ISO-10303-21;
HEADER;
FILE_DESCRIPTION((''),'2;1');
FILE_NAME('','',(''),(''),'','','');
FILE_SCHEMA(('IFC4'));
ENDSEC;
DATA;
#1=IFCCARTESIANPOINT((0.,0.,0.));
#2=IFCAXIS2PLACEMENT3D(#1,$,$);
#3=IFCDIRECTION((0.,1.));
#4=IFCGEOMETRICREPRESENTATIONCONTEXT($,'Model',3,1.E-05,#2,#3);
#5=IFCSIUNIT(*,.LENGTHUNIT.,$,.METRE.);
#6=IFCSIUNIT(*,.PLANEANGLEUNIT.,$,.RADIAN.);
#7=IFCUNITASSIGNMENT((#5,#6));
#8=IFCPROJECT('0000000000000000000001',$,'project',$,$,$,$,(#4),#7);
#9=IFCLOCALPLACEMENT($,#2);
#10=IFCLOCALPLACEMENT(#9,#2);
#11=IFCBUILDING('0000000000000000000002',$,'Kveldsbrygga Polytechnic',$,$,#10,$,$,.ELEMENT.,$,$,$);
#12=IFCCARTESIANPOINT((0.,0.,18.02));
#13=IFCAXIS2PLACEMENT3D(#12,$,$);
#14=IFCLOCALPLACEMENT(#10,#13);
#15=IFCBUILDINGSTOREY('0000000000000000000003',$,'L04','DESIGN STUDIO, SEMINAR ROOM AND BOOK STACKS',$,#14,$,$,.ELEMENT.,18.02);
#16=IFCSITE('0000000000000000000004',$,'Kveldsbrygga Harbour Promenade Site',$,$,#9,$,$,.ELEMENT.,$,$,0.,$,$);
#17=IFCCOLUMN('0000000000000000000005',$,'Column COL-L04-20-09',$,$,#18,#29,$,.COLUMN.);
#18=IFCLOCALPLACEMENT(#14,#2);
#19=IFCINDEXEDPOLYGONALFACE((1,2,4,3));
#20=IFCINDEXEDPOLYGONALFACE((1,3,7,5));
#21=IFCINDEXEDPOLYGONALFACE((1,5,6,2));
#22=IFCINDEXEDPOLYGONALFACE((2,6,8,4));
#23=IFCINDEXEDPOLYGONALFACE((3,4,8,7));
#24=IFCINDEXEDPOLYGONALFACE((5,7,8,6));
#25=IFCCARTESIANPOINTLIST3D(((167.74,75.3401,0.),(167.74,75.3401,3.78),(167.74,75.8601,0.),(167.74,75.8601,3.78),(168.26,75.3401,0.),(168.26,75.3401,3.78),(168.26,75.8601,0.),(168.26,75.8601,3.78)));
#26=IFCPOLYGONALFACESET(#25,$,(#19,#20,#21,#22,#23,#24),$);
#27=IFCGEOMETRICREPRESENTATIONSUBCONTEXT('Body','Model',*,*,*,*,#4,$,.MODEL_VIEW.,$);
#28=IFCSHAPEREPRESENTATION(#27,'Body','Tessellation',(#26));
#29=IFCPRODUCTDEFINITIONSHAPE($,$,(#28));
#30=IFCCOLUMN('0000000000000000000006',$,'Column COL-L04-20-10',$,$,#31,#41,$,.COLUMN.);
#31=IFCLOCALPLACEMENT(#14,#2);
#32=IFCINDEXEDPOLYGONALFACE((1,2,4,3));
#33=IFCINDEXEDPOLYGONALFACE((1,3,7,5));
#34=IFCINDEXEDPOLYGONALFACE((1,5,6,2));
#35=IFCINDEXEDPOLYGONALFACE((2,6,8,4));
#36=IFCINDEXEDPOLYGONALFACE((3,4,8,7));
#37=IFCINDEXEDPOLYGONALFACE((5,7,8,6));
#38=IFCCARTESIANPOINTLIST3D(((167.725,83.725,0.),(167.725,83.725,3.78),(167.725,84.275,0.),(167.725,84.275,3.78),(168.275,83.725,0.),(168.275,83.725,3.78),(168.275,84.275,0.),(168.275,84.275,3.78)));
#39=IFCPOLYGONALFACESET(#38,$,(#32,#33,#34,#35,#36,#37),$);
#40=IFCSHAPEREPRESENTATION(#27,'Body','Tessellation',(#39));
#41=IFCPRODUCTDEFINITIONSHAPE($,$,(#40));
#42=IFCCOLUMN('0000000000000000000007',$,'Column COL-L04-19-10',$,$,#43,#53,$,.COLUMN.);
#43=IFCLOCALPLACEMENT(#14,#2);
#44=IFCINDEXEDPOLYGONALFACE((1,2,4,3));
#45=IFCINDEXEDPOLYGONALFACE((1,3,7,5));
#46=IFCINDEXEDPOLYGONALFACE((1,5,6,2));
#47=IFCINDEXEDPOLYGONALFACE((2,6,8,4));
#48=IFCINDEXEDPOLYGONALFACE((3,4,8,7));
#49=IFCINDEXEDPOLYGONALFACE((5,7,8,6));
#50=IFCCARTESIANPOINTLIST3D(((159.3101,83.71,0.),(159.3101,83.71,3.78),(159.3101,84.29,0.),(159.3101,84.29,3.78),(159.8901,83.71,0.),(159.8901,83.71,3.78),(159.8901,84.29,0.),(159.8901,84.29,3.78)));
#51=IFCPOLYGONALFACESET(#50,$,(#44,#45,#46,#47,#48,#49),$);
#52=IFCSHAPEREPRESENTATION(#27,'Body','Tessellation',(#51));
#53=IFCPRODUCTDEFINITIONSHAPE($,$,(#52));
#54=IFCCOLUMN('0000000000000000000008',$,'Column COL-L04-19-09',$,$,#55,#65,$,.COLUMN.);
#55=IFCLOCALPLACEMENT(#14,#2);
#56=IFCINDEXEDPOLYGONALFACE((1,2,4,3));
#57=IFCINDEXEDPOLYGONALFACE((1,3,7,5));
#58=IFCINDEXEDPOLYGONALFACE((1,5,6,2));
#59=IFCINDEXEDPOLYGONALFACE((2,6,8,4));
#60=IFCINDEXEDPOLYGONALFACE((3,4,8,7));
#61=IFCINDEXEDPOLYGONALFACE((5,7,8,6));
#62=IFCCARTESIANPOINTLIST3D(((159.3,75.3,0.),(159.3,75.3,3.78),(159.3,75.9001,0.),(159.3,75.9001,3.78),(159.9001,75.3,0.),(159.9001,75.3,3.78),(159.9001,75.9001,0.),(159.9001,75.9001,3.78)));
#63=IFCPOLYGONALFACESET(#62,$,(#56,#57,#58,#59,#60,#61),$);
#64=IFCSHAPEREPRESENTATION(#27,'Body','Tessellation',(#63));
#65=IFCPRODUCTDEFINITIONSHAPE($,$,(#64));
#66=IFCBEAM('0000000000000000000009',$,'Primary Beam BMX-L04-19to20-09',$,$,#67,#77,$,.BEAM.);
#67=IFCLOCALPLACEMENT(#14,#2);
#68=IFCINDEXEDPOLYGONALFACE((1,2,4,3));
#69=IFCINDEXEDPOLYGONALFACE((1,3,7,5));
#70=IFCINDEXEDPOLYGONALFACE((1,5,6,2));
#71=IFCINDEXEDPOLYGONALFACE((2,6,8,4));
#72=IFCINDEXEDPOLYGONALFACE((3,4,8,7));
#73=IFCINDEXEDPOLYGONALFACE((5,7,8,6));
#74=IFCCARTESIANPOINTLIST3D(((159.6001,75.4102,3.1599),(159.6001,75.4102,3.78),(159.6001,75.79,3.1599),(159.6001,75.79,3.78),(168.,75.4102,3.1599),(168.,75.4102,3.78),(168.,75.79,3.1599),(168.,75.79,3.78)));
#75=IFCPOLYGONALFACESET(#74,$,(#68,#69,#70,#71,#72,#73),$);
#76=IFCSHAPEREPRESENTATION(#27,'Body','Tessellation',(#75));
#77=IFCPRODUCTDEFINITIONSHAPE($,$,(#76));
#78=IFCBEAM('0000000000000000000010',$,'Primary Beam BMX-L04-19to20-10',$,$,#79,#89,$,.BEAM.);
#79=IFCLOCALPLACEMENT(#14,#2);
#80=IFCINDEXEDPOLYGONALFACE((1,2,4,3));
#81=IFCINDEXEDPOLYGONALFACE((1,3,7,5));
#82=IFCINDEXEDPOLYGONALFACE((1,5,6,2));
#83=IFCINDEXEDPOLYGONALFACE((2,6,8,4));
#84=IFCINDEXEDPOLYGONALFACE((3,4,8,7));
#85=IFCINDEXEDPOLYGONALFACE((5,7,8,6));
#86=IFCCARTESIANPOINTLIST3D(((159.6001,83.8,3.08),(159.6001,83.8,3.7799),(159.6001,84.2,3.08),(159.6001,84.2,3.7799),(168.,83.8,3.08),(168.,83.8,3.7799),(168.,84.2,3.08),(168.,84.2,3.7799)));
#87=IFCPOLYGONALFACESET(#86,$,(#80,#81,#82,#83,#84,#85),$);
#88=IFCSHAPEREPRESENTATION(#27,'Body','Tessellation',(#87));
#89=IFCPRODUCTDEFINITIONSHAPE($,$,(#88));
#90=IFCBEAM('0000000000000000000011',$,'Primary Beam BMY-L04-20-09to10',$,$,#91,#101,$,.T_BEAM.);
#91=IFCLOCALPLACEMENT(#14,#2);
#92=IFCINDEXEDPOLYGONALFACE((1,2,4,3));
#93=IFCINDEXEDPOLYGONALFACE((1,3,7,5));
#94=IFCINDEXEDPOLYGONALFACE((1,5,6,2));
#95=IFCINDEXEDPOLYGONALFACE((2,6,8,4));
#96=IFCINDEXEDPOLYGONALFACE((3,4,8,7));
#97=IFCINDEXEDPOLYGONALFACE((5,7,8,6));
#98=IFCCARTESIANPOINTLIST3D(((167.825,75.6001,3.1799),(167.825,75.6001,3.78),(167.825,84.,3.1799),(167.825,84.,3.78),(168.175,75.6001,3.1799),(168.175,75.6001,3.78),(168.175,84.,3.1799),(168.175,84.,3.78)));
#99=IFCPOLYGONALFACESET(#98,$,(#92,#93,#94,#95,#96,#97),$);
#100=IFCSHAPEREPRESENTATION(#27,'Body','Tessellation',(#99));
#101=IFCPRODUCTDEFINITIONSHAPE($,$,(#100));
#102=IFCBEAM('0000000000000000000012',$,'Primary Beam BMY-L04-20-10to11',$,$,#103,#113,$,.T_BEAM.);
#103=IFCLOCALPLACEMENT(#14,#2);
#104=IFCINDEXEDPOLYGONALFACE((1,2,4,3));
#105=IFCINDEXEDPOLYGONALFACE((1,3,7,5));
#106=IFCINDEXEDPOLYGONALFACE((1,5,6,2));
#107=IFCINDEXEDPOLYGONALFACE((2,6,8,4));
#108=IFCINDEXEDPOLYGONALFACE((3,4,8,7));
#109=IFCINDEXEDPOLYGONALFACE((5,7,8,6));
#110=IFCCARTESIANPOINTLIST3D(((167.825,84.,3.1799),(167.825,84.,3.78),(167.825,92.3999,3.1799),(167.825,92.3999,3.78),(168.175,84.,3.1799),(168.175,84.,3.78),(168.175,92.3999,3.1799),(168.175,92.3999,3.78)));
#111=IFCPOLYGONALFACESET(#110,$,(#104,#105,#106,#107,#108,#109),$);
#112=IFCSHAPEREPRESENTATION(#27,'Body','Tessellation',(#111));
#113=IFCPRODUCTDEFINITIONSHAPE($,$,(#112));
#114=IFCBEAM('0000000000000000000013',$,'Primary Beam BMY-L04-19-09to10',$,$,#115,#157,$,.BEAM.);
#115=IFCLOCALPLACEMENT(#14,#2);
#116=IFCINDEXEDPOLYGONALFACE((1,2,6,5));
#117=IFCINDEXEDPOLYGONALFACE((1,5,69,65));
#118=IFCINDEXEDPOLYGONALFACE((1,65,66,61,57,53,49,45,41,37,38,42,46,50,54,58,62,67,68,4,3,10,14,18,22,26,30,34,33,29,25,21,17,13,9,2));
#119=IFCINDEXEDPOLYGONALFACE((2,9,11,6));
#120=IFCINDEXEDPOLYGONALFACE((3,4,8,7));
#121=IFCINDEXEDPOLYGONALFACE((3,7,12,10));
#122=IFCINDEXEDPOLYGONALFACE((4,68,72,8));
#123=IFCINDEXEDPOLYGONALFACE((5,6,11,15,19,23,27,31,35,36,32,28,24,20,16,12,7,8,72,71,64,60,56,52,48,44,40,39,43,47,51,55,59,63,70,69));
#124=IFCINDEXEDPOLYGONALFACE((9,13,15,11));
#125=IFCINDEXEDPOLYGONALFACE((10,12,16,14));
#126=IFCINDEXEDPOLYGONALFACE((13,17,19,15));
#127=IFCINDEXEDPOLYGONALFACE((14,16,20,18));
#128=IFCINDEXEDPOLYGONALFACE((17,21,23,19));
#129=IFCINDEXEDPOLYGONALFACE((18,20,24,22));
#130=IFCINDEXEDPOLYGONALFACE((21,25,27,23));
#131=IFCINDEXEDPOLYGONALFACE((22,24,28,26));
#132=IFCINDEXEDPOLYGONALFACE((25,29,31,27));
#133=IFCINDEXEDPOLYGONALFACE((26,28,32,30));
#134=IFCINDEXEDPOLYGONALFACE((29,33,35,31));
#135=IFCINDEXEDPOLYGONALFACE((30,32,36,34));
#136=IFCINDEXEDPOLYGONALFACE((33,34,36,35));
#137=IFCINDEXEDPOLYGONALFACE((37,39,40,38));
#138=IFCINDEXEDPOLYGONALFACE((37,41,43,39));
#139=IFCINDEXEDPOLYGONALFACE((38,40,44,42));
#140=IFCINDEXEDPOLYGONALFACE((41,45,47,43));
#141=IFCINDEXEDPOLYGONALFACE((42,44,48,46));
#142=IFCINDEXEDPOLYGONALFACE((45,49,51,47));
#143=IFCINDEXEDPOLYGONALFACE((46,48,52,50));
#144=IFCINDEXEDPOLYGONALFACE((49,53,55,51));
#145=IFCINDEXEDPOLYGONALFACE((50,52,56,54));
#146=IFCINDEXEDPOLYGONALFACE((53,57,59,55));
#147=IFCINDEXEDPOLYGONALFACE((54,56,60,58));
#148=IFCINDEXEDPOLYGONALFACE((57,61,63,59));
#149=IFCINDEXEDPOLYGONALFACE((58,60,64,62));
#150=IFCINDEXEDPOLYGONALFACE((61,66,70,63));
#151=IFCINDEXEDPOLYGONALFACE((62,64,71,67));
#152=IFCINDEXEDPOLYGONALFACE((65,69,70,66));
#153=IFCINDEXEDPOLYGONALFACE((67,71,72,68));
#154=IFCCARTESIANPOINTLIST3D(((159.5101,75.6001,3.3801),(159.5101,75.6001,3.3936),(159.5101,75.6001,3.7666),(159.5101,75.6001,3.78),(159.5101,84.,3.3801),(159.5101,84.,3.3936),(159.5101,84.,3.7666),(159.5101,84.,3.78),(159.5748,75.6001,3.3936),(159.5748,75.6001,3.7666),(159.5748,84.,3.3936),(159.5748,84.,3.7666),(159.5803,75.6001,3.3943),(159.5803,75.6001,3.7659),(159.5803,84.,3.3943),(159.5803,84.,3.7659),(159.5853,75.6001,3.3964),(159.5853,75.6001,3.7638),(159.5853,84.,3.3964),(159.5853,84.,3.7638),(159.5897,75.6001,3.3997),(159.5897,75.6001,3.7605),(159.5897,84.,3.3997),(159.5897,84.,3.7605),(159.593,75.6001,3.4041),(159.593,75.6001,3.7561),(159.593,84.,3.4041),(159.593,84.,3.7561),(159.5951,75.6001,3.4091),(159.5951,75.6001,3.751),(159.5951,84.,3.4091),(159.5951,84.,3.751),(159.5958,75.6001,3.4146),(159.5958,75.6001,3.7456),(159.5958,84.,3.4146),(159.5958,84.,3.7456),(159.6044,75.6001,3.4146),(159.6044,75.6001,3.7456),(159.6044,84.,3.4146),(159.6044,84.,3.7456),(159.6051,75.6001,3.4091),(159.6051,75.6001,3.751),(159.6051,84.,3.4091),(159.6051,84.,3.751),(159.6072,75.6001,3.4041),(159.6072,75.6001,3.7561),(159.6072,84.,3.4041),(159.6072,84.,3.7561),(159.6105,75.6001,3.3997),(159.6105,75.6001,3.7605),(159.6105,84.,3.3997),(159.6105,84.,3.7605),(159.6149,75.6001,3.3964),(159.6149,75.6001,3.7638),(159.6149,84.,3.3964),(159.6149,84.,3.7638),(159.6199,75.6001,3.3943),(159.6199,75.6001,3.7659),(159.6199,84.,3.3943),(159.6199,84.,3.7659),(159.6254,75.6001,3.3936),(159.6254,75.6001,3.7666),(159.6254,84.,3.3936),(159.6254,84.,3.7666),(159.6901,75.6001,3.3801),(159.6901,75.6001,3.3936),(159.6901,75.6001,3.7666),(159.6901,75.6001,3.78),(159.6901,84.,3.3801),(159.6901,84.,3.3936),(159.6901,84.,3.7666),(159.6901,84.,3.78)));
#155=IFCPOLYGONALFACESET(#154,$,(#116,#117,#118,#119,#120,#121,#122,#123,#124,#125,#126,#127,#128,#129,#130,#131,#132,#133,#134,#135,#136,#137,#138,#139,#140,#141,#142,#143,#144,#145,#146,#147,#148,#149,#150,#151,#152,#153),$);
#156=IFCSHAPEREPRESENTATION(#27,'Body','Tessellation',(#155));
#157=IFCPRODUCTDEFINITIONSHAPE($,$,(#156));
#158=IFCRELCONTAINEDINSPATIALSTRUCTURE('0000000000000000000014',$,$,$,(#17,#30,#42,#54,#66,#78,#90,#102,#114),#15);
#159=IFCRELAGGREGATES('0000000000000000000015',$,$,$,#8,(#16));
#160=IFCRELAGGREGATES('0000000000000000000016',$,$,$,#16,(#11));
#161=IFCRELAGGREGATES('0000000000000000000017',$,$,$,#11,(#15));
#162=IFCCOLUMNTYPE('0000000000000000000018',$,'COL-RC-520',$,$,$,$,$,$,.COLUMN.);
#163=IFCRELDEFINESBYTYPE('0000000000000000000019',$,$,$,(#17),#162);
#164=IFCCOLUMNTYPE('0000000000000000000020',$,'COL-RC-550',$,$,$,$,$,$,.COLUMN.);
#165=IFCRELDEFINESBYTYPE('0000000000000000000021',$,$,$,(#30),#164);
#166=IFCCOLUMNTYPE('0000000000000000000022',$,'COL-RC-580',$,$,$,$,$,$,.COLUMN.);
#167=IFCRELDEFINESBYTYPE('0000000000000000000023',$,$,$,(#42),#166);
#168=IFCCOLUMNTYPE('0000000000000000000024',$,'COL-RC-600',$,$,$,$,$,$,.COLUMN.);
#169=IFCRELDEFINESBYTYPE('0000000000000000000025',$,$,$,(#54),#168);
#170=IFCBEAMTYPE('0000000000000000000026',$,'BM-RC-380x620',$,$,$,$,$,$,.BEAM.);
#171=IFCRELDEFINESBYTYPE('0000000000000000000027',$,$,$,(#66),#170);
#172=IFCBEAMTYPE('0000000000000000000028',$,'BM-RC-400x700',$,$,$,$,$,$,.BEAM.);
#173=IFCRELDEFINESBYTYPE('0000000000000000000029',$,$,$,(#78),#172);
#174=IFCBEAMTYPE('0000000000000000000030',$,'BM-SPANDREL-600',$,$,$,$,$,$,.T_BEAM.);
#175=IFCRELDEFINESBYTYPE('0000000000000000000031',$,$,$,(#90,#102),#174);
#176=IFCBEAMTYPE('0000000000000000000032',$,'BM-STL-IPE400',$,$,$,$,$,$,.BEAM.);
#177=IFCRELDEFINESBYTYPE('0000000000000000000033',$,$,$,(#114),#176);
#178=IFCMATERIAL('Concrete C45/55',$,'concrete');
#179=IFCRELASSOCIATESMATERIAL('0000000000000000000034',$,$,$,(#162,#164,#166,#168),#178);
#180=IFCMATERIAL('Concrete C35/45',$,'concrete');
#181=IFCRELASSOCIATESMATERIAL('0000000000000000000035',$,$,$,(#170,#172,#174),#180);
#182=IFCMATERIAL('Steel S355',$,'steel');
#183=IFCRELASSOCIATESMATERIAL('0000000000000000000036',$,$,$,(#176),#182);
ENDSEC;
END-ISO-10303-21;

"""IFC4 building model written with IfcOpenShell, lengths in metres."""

from ifc_helpers import new_model, si_unit, direction, frame, origin, origin_2d, place, context, subcontext, project, spatial, rectangle, i_section, extrude, material, material_profile, profile_set, type_object, element, save


model = new_model("IFC4")

# Units and contexts
model_context = context("Model", 3, precision=1e-05, world=origin(), true_north=direction((0.0, 1.0)))
body_context = subcontext(model_context, "Body", "Model", "MODEL_VIEW")
ifc_project = project(units=[si_unit("LENGTHUNIT", "METRE"), si_unit("PLANEANGLEUNIT", "RADIAN")], contexts=[model_context])

# Site, building, storey
site_placement = place(None, origin())
site = spatial("IfcSite", under=ifc_project, at=site_placement, Name="Kveldsbrygga Harbour Promenade Site", CompositionType="ELEMENT", RefElevation=0.0)
building_placement = place(site_placement, origin())
building = spatial("IfcBuilding", under=site, at=building_placement, Name="Kveldsbrygga Polytechnic", CompositionType="ELEMENT")
storey_placement = place(building_placement, frame((0.0, 0.0, 18.02)))
storey = spatial("IfcBuildingStorey", under=building, at=storey_placement, Name="L04", Description="DESIGN STUDIO, SEMINAR ROOM AND BOOK STACKS", CompositionType="ELEMENT", Elevation=18.02)

# Columns
ifc_material_1 = material(Name="Concrete C45/55", Category="concrete")
ifc_material_profile_1 = material_profile(ifc_material_1, rectangle(XDim=0.52, YDim=0.52, at=origin_2d()), Name="RC 520x520")
ifc_profile_set_1 = profile_set([ifc_material_profile_1], Name="Concrete C45/55")
column_type_1 = type_object("IfcColumnType", Name="COL-RC-520", PredefinedType="COLUMN", material=ifc_profile_set_1)
column_1_placement = place(storey_placement, frame((168.0, 75.6001, 0.0), z_axis=(0.0, 0.0, 1.0), x_axis=(1.0, 0.0, 0.0)))
element("IfcColumn", 1, at=column_1_placement, inside=storey, type_object=column_type_1, Name="Column COL-L04-20-09", PredefinedType="COLUMN", context=body_context, shape_type="SweptSolid", body=[
    extrude(rectangle(XDim=0.52, YDim=0.52, at=origin_2d()), origin(), (0.0, 0.0, 1.0), 3.78),
])
ifc_material_profile_2 = material_profile(ifc_material_1, rectangle(XDim=0.55, YDim=0.55, at=origin_2d()), Name="RC 550x550")
ifc_profile_set_2 = profile_set([ifc_material_profile_2], Name="Concrete C45/55")
column_type_2 = type_object("IfcColumnType", Name="COL-RC-550", PredefinedType="COLUMN", material=ifc_profile_set_2)
column_2_placement = place(storey_placement, frame((168.0, 84.0, 0.0), z_axis=(0.0, 0.0, 1.0), x_axis=(1.0, 0.0, 0.0)))
element("IfcColumn", 2, at=column_2_placement, inside=storey, type_object=column_type_2, Name="Column COL-L04-20-10", PredefinedType="COLUMN", context=body_context, shape_type="SweptSolid", body=[
    extrude(rectangle(XDim=0.55, YDim=0.55, at=origin_2d()), origin(), (0.0, 0.0, 1.0), 3.78),
])
ifc_material_profile_3 = material_profile(ifc_material_1, rectangle(XDim=0.5801, YDim=0.5801, at=origin_2d()), Name="RC 580x580")
ifc_profile_set_3 = profile_set([ifc_material_profile_3], Name="Concrete C45/55")
column_type_3 = type_object("IfcColumnType", Name="COL-RC-580", PredefinedType="COLUMN", material=ifc_profile_set_3)
column_3_placement = place(storey_placement, frame((159.6001, 84.0, 0.0), z_axis=(0.0, 0.0, 1.0), x_axis=(1.0, 0.0, 0.0)))
element("IfcColumn", 3, at=column_3_placement, inside=storey, type_object=column_type_3, Name="Column COL-L04-19-10", PredefinedType="COLUMN", context=body_context, shape_type="SweptSolid", body=[
    extrude(rectangle(XDim=0.5801, YDim=0.5801, at=origin_2d()), origin(), (0.0, 0.0, 1.0), 3.78),
])
ifc_material_profile_4 = material_profile(ifc_material_1, rectangle(XDim=0.6001, YDim=0.6001, at=origin_2d()), Name="RC 600x600")
ifc_profile_set_4 = profile_set([ifc_material_profile_4], Name="Concrete C45/55")
column_type_4 = type_object("IfcColumnType", Name="COL-RC-600", PredefinedType="COLUMN", material=ifc_profile_set_4)
column_4_placement = place(storey_placement, frame((159.6001, 75.6001, 0.0), z_axis=(0.0, 0.0, 1.0), x_axis=(1.0, 0.0, 0.0)))
element("IfcColumn", 4, at=column_4_placement, inside=storey, type_object=column_type_4, Name="Column COL-L04-19-09", PredefinedType="COLUMN", context=body_context, shape_type="SweptSolid", body=[
    extrude(rectangle(XDim=0.6001, YDim=0.6001, at=origin_2d()), origin(), (0.0, 0.0, 1.0), 3.78),
])

# Beams
ifc_material_2 = material(Name="Concrete C35/45", Category="concrete")
ifc_material_profile_5 = material_profile(ifc_material_2, rectangle(XDim=0.3799, YDim=0.6201, at=origin_2d()), Name="RC 380x620")
ifc_profile_set_5 = profile_set([ifc_material_profile_5], Name="Concrete C35/45")
beam_type_1 = type_object("IfcBeamType", Name="BM-RC-380x620", PredefinedType="BEAM", material=ifc_profile_set_5)
beam_1_placement = place(storey_placement, frame((159.6001, 75.6001, 3.47), z_axis=(1.0, 0.0, 0.0), x_axis=(0.0, 1.0, 0.0)))
element("IfcBeam", 5, at=beam_1_placement, inside=storey, type_object=beam_type_1, Name="Primary Beam BMX-L04-19to20-09", PredefinedType="BEAM", context=body_context, shape_type="SweptSolid", body=[
    extrude(rectangle(XDim=0.3799, YDim=0.6201, at=origin_2d()), origin(), (0.0, 0.0, 1.0), 8.3999),
])
ifc_material_profile_6 = material_profile(ifc_material_2, rectangle(XDim=0.3999, YDim=0.7, at=origin_2d()), Name="RC 400x700")
ifc_profile_set_6 = profile_set([ifc_material_profile_6], Name="Concrete C35/45")
beam_type_2 = type_object("IfcBeamType", Name="BM-RC-400x700", PredefinedType="BEAM", material=ifc_profile_set_6)
beam_2_placement = place(storey_placement, frame((159.6001, 84.0, 3.4299), z_axis=(1.0, 0.0, 0.0), x_axis=(0.0, 1.0, 0.0)))
element("IfcBeam", 6, at=beam_2_placement, inside=storey, type_object=beam_type_2, Name="Primary Beam BMX-L04-19to20-10", PredefinedType="BEAM", context=body_context, shape_type="SweptSolid", body=[
    extrude(rectangle(XDim=0.3999, YDim=0.7, at=origin_2d()), origin(), (0.0, 0.0, 1.0), 8.3999),
])
ifc_material_profile_7 = material_profile(ifc_material_2, rectangle(XDim=0.3501, YDim=0.6001, at=origin_2d()), Name="RC 350x600")
ifc_profile_set_7 = profile_set([ifc_material_profile_7], Name="Concrete C35/45")
beam_type_3 = type_object("IfcBeamType", Name="BM-SPANDREL-600", PredefinedType="T_BEAM", material=ifc_profile_set_7)
for number, where, z_axis, x_axis, name in (
    (7, (168.0, 75.6001, 3.48), (0.0, 1.0, 0.0), (-1.0, 0.0, 0.0), "Primary Beam BMY-L04-20-09to10"),
    (8, (168.0, 84.0, 3.48), (0.0, 1.0, 0.0), (-1.0, 0.0, 0.0), "Primary Beam BMY-L04-20-10to11"),
):
    element("IfcBeam", number, at=place(storey_placement, frame(where, z_axis=z_axis, x_axis=x_axis)), inside=storey, type_object=beam_type_3, Name=name, PredefinedType="T_BEAM", context=body_context, shape_type="SweptSolid", body=[
        extrude(rectangle(XDim=0.3501, YDim=0.6001, at=origin_2d()), origin(), (0.0, 0.0, 1.0), 8.3999),
    ])
ifc_material_3 = material(Name="Steel S355", Category="steel")
ifc_material_profile_8 = material_profile(ifc_material_3, i_section(OverallWidth=0.1799, OverallDepth=0.3999, WebThickness=0.0085, FlangeThickness=0.0134, FilletRadius=0.021, at=origin_2d()), Name="IPE 400")
ifc_profile_set_8 = profile_set([ifc_material_profile_8], Name="Steel S355")
beam_type_4 = type_object("IfcBeamType", Name="BM-STL-IPE400", PredefinedType="BEAM", material=ifc_profile_set_8)
for number, where, z_axis, x_axis, name in (
    (9, (159.6001, 75.6001, 3.5801), (0.0, 1.0, 0.0), (-1.0, 0.0, 0.0), "Primary Beam BMY-L04-19-09to10"),
):
    element("IfcBeam", number, at=place(storey_placement, frame(where, z_axis=z_axis, x_axis=x_axis)), inside=storey, type_object=beam_type_4, Name=name, PredefinedType="BEAM", context=body_context, shape_type="SweptSolid", body=[
        extrude(i_section(OverallWidth=0.1799, OverallDepth=0.3999, WebThickness=0.0085, FlangeThickness=0.0134, FilletRadius=0.021, at=origin_2d()), origin(), (0.0, 0.0, 1.0), 8.3999),
    ])

save(model, "model.ifc")
